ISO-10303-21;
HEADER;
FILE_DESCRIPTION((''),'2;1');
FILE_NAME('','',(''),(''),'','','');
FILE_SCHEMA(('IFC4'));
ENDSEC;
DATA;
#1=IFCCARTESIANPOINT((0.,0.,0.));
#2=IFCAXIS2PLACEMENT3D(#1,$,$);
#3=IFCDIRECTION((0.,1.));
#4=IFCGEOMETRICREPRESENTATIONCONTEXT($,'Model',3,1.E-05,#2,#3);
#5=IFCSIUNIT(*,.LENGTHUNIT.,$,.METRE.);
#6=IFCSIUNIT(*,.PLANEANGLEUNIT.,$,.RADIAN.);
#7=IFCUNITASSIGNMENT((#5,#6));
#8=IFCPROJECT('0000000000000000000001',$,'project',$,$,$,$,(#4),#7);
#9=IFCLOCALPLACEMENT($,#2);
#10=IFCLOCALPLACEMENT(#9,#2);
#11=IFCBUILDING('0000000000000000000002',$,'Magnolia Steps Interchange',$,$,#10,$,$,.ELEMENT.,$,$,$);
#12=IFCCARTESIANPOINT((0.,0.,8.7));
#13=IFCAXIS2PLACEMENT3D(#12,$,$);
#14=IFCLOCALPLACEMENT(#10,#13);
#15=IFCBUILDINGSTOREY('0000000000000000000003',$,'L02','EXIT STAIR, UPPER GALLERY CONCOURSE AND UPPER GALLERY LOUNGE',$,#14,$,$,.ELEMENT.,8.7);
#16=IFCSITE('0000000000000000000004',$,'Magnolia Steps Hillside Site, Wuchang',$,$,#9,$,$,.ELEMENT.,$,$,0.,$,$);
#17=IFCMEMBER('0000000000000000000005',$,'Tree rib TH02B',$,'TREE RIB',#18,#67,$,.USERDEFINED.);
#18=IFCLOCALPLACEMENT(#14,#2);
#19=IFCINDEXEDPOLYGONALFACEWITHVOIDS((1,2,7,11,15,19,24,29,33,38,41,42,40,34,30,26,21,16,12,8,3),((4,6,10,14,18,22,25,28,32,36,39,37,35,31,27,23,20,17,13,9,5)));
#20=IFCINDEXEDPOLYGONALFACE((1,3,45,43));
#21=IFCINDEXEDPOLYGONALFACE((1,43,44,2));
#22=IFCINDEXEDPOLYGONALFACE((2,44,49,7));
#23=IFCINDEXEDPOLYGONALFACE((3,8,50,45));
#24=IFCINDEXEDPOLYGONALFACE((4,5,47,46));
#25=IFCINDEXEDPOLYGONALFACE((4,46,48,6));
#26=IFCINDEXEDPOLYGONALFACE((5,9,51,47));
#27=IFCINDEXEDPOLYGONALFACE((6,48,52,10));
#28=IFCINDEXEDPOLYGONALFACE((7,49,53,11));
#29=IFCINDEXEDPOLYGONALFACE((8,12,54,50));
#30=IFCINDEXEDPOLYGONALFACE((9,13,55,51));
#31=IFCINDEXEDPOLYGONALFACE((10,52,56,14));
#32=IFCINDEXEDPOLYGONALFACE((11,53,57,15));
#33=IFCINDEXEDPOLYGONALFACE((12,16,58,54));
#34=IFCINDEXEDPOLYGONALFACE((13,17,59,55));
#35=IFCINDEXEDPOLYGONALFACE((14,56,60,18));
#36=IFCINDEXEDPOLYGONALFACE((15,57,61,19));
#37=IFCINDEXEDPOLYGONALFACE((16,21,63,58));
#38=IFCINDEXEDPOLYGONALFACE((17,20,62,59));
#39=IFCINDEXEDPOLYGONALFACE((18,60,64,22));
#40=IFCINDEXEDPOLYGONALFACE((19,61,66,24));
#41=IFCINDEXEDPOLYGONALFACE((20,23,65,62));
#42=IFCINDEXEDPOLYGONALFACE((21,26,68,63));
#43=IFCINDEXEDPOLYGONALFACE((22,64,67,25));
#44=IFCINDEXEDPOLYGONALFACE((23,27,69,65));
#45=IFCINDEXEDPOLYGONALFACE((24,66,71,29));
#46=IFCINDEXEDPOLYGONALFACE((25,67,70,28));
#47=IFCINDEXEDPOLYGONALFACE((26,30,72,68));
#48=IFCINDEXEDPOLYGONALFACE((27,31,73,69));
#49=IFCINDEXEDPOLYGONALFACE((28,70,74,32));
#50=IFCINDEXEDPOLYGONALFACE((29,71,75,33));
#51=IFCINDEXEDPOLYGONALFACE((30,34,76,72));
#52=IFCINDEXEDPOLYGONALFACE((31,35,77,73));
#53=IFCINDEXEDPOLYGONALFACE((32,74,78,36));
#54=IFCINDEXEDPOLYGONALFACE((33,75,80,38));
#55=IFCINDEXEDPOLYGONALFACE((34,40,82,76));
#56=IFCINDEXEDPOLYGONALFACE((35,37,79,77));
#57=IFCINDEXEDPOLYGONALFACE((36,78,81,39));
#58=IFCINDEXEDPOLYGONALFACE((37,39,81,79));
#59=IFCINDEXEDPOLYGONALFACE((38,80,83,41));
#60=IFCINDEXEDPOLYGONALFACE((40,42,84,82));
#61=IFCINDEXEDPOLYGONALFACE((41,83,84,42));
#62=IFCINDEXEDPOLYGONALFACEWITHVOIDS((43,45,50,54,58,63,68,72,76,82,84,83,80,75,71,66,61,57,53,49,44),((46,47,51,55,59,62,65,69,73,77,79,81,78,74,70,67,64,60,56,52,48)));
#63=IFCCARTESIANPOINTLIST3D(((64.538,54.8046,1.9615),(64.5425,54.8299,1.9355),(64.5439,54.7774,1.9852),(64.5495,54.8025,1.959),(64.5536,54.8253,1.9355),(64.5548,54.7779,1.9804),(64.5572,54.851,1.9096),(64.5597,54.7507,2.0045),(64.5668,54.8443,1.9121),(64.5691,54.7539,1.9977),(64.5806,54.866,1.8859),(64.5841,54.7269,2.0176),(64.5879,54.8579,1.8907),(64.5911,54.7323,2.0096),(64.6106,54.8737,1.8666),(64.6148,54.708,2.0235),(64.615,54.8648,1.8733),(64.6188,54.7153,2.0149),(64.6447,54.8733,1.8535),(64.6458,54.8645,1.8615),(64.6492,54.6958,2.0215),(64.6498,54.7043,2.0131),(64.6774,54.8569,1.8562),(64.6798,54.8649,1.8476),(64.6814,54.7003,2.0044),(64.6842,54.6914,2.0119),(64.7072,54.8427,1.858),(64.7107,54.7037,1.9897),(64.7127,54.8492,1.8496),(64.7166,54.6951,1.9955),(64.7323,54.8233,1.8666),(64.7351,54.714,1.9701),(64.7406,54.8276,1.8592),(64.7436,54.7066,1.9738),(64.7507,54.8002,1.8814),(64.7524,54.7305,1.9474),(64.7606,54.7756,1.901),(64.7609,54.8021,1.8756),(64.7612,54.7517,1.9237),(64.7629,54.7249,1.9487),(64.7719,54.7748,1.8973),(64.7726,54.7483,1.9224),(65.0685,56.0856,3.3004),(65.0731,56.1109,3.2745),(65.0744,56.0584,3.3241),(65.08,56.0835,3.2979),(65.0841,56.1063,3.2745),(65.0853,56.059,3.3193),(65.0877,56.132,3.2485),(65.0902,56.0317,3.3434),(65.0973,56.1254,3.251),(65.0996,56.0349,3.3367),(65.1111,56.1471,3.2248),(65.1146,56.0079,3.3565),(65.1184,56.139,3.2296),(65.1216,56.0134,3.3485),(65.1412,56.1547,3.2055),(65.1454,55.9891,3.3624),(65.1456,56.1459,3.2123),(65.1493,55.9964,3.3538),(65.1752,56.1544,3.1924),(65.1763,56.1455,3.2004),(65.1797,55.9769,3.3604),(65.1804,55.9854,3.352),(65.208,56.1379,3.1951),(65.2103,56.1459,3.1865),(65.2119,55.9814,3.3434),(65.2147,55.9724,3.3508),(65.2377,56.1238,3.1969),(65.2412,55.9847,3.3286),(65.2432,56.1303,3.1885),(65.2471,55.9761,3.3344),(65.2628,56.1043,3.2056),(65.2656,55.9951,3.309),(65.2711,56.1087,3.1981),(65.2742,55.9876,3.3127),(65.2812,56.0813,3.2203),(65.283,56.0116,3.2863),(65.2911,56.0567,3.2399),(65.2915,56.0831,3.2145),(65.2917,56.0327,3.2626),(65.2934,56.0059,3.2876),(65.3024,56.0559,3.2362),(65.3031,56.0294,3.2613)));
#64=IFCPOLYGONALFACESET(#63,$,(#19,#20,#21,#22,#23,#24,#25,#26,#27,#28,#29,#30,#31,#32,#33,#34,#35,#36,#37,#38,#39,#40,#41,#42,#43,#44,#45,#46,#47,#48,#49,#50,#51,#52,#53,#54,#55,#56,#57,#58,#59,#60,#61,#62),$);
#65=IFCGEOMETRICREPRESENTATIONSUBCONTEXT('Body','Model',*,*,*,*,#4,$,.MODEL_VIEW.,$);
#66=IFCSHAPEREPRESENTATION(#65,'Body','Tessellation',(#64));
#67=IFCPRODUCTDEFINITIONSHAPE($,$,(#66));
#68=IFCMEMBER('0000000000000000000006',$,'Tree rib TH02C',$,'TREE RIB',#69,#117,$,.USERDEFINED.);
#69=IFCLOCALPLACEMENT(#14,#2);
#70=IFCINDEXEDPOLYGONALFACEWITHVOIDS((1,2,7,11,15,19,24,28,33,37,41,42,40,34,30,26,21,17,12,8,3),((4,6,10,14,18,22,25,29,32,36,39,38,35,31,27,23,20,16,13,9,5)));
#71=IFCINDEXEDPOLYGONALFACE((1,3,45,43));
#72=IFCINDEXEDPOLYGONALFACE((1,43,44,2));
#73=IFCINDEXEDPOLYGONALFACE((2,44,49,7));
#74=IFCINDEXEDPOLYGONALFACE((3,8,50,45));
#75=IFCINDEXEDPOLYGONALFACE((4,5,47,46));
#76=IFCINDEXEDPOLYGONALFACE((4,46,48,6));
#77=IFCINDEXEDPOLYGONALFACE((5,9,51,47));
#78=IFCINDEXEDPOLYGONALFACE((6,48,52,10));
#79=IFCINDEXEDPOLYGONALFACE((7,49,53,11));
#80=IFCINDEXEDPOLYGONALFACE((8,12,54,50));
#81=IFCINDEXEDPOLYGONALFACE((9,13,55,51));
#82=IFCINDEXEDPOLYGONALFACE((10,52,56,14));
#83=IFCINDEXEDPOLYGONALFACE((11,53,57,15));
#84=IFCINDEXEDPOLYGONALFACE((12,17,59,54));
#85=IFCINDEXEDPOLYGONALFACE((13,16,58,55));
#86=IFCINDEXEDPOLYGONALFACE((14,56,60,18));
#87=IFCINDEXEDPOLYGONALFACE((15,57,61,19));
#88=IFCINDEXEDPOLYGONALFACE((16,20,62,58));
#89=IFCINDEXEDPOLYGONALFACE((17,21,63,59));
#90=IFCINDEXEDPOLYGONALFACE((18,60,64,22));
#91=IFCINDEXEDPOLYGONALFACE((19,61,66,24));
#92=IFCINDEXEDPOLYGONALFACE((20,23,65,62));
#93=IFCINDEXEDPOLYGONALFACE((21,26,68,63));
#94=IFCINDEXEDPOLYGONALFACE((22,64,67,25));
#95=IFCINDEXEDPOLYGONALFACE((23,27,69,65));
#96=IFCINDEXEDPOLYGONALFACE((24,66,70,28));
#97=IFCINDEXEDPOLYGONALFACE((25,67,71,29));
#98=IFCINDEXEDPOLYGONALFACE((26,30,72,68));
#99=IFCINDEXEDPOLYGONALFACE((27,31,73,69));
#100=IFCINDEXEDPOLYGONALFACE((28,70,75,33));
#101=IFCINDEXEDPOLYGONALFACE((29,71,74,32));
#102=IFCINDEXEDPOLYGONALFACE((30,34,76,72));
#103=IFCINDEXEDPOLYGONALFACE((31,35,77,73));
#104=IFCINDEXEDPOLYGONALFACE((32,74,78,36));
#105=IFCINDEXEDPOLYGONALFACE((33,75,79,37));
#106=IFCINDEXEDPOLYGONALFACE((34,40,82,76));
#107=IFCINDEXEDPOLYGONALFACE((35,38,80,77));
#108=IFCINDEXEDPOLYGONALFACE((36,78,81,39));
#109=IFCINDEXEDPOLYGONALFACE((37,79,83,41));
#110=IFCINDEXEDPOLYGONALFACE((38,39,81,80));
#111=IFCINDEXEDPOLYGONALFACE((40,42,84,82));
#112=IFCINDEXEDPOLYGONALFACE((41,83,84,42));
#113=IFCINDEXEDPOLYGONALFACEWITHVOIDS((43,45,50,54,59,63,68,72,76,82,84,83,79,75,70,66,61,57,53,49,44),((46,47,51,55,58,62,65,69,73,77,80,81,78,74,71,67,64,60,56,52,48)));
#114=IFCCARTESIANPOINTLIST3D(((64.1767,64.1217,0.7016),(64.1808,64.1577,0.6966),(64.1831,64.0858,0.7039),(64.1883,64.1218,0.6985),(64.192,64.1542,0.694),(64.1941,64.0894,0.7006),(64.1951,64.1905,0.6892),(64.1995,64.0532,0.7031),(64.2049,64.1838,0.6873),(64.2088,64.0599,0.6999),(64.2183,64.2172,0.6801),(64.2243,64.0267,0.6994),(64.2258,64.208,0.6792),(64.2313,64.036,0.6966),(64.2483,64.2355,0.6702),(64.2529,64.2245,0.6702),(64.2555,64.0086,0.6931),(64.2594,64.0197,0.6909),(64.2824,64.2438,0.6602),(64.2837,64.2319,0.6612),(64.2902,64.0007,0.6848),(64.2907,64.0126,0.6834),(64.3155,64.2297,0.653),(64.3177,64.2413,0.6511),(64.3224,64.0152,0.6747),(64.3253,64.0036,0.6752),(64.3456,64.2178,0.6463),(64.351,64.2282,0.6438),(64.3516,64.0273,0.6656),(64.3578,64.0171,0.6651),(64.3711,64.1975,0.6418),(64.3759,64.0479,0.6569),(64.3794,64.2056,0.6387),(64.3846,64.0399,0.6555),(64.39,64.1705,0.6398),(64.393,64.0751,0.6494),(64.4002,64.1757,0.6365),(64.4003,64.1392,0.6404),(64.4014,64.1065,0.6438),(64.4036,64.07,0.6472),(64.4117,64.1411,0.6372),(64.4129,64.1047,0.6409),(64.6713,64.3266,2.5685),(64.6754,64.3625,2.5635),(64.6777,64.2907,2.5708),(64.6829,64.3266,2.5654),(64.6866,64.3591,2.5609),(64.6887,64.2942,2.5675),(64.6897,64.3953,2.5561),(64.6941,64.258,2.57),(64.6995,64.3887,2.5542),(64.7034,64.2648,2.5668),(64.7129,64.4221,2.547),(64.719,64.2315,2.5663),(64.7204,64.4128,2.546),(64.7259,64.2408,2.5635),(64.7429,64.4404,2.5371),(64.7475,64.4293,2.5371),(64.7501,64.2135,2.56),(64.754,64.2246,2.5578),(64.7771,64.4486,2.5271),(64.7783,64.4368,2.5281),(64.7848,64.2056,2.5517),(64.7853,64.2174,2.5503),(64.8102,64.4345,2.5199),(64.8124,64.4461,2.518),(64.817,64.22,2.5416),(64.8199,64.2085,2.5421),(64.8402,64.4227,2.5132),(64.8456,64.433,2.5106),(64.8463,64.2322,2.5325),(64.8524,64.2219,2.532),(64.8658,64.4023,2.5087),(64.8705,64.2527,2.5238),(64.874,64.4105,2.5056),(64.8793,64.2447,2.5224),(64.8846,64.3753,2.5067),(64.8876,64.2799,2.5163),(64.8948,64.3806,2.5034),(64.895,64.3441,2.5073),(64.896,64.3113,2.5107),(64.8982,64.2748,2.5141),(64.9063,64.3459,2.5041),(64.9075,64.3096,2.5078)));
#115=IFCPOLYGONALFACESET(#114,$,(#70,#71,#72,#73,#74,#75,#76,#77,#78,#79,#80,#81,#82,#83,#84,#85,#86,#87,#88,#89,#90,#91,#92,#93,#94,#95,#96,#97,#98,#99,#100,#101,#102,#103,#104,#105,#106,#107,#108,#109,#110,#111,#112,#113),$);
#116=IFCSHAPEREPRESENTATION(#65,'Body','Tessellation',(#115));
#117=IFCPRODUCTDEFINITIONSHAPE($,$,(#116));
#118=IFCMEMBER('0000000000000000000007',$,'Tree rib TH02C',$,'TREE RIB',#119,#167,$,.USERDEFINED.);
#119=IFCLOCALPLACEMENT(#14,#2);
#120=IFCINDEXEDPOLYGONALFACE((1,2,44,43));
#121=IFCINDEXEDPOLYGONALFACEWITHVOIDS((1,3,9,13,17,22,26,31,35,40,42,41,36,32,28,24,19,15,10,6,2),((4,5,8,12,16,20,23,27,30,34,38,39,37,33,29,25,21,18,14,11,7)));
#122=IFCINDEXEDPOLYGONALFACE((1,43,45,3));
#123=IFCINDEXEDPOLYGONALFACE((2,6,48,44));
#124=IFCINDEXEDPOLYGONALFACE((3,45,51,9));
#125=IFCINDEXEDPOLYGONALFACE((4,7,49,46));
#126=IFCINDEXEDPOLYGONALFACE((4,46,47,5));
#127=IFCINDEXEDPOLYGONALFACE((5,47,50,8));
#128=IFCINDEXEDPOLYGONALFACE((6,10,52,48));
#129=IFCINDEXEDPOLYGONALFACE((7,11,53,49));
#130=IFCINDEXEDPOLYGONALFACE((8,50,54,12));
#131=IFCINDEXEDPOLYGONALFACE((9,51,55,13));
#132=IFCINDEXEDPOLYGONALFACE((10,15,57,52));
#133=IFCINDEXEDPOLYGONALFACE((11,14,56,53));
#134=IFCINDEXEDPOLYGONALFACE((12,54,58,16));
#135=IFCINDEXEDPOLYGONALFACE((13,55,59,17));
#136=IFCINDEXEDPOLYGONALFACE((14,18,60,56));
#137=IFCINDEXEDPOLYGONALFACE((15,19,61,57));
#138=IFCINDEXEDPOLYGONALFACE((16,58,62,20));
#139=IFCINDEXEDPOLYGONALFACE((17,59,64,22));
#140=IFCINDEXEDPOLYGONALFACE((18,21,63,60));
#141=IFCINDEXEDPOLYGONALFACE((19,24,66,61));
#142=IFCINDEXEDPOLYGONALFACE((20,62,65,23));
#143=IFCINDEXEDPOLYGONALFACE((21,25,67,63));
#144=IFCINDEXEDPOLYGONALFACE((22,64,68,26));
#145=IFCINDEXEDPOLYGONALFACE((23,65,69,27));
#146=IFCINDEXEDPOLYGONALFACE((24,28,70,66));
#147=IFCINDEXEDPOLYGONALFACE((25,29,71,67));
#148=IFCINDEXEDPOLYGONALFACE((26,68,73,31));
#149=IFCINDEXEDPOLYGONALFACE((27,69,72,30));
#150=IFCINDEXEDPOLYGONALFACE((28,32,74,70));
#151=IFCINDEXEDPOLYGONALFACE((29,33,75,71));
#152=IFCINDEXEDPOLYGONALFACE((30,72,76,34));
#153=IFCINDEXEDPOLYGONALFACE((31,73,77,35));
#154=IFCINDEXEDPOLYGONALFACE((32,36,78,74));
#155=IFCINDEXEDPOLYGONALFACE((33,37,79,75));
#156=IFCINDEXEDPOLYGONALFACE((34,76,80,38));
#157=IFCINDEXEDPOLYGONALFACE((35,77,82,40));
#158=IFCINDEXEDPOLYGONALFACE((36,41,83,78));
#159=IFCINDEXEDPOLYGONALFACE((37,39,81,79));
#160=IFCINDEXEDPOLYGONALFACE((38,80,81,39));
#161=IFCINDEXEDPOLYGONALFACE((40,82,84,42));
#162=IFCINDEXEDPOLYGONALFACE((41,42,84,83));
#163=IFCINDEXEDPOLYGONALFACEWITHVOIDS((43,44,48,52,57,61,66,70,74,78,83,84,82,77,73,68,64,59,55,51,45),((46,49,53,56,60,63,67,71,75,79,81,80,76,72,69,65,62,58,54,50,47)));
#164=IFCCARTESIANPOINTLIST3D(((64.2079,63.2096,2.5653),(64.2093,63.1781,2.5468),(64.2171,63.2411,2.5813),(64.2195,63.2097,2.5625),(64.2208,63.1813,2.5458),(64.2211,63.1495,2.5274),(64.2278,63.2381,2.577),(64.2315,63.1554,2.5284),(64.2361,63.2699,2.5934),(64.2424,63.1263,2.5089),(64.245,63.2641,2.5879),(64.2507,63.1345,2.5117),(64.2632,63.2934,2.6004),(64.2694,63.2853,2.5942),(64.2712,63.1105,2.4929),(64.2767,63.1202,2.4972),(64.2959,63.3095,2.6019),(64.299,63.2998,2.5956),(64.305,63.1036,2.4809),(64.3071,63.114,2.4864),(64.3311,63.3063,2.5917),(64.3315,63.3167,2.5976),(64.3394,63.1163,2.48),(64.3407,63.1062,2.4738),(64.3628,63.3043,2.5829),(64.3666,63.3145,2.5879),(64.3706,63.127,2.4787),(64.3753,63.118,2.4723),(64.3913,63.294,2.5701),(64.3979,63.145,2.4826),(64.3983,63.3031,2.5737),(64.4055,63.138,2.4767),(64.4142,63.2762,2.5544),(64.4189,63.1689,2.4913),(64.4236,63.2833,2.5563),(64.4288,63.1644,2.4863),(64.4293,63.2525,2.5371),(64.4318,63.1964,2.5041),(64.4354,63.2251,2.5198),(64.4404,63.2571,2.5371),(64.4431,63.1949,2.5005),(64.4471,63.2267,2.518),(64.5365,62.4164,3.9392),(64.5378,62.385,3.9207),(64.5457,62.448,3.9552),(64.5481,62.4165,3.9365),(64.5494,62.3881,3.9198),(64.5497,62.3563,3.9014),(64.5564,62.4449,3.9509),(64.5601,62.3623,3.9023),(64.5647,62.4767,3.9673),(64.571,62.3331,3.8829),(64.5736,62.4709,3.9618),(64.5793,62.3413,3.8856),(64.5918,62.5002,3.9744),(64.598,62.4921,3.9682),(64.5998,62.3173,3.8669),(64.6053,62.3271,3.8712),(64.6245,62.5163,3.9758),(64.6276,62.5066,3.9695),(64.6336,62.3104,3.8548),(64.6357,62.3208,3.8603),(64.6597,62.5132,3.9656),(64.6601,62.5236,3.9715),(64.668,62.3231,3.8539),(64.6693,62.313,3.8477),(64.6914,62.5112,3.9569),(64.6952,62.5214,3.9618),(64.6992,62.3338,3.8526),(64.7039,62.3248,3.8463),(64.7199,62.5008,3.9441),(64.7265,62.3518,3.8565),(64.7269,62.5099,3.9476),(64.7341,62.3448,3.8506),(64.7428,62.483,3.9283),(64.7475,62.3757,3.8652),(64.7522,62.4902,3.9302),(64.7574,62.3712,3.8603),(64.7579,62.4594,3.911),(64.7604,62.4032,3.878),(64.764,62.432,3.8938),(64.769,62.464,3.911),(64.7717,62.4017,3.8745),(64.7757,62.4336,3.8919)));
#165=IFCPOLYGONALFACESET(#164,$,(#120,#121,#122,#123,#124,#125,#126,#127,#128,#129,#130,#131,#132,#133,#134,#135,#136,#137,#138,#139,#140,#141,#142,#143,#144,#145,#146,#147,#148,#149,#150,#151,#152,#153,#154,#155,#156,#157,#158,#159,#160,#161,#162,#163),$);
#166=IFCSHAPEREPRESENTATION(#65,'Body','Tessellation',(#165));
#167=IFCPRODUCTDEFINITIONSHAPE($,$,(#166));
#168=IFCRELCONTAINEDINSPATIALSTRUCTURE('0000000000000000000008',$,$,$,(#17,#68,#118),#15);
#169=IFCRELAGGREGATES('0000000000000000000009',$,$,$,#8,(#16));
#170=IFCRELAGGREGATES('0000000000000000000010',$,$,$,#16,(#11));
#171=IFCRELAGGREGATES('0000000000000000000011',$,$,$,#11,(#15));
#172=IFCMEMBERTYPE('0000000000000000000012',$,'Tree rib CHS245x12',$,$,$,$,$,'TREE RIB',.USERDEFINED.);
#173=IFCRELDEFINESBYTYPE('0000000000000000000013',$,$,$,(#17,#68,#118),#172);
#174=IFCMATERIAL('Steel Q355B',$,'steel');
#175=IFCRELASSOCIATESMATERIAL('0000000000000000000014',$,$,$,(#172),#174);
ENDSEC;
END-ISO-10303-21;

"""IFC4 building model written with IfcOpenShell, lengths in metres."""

from ifc_helpers import new_model, si_unit, direction, frame, origin, origin_2d, place, context, subcontext, project, spatial, hollow_circle, extrude, material, material_profile, profile_set, type_object, element, save


model = new_model("IFC4")

# Units and contexts
model_context = context("Model", 3, precision=1e-05, world=origin(), true_north=direction((0.0, 1.0)))
body_context = subcontext(model_context, "Body", "Model", "MODEL_VIEW")
ifc_project = project(units=[si_unit("LENGTHUNIT", "METRE"), si_unit("PLANEANGLEUNIT", "RADIAN")], contexts=[model_context])

# Site, building, storey
site_placement = place(None, origin())
site = spatial("IfcSite", under=ifc_project, at=site_placement, Name="Magnolia Steps Hillside Site, Wuchang", CompositionType="ELEMENT", RefElevation=0.0)
building_placement = place(site_placement, origin())
building = spatial("IfcBuilding", under=site, at=building_placement, Name="Magnolia Steps Interchange", CompositionType="ELEMENT")
storey_placement = place(building_placement, frame((0.0, 0.0, 8.7)))
storey = spatial("IfcBuildingStorey", under=building, at=storey_placement, Name="L02", Description="EXIT STAIR, UPPER GALLERY CONCOURSE AND UPPER GALLERY LOUNGE", CompositionType="ELEMENT", Elevation=8.7)

# Members
ifc_material_1 = material(Name="Steel Q355B", Category="steel")
ifc_material_profile_1 = material_profile(ifc_material_1, hollow_circle(Radius=0.1226, WallThickness=0.012, at=origin_2d()), Name="CHS245x12")
ifc_profile_set_1 = profile_set([ifc_material_profile_1], Name="Steel Q355B")
member_type = type_object("IfcMemberType", Name="Tree rib CHS245x12", ElementType="TREE RIB", PredefinedType="USERDEFINED", material=ifc_profile_set_1)
member_1_placement = place(storey_placement, frame((64.6558, 54.783, 1.9355), z_axis=(0.275246, 0.664618, 0.694638), x_axis=(-0.923903, 0.382627, 0.0)))
element("IfcMember", 1, at=member_1_placement, inside=storey, type_object=member_type, Name="Tree rib TH02B", ObjectType="TREE RIB", PredefinedType="USERDEFINED", context=body_context, shape_type="SweptSolid", body=[
    extrude(hollow_circle(Radius=0.1226, WallThickness=0.012, at=origin_2d()), origin(), (0.0, 0.0, 1.0), 1.9275),
])
member_2_placement = place(storey_placement, frame((64.2952, 64.1223, 0.6702), z_axis=(0.254676, 0.105466, 0.961258), x_axis=(-0.382607, 0.923911, 0.0)))
element("IfcMember", 2, at=member_2_placement, inside=storey, type_object=member_type, Name="Tree rib TH02C", ObjectType="TREE RIB", PredefinedType="USERDEFINED", context=body_context, shape_type="SweptSolid", body=[
    extrude(hollow_circle(Radius=0.1226, WallThickness=0.012, at=origin_2d()), origin(), (0.0, 0.0, 1.0), 1.9421),
])
member_3_placement = place(storey_placement, frame((64.3271, 63.2102, 2.5371), z_axis=(0.20282, -0.489571, 0.848047), x_axis=(0.923857, 0.382737, 0.0)))
element("IfcMember", 3, at=member_3_placement, inside=storey, type_object=member_type, Name="Tree rib TH02C", ObjectType="TREE RIB", PredefinedType="USERDEFINED", context=body_context, shape_type="SweptSolid", body=[
    extrude(hollow_circle(Radius=0.1226, WallThickness=0.012, at=origin_2d()), origin(), (0.0, 0.0, 1.0), 1.6201),
])

save(model, "model.ifc")
